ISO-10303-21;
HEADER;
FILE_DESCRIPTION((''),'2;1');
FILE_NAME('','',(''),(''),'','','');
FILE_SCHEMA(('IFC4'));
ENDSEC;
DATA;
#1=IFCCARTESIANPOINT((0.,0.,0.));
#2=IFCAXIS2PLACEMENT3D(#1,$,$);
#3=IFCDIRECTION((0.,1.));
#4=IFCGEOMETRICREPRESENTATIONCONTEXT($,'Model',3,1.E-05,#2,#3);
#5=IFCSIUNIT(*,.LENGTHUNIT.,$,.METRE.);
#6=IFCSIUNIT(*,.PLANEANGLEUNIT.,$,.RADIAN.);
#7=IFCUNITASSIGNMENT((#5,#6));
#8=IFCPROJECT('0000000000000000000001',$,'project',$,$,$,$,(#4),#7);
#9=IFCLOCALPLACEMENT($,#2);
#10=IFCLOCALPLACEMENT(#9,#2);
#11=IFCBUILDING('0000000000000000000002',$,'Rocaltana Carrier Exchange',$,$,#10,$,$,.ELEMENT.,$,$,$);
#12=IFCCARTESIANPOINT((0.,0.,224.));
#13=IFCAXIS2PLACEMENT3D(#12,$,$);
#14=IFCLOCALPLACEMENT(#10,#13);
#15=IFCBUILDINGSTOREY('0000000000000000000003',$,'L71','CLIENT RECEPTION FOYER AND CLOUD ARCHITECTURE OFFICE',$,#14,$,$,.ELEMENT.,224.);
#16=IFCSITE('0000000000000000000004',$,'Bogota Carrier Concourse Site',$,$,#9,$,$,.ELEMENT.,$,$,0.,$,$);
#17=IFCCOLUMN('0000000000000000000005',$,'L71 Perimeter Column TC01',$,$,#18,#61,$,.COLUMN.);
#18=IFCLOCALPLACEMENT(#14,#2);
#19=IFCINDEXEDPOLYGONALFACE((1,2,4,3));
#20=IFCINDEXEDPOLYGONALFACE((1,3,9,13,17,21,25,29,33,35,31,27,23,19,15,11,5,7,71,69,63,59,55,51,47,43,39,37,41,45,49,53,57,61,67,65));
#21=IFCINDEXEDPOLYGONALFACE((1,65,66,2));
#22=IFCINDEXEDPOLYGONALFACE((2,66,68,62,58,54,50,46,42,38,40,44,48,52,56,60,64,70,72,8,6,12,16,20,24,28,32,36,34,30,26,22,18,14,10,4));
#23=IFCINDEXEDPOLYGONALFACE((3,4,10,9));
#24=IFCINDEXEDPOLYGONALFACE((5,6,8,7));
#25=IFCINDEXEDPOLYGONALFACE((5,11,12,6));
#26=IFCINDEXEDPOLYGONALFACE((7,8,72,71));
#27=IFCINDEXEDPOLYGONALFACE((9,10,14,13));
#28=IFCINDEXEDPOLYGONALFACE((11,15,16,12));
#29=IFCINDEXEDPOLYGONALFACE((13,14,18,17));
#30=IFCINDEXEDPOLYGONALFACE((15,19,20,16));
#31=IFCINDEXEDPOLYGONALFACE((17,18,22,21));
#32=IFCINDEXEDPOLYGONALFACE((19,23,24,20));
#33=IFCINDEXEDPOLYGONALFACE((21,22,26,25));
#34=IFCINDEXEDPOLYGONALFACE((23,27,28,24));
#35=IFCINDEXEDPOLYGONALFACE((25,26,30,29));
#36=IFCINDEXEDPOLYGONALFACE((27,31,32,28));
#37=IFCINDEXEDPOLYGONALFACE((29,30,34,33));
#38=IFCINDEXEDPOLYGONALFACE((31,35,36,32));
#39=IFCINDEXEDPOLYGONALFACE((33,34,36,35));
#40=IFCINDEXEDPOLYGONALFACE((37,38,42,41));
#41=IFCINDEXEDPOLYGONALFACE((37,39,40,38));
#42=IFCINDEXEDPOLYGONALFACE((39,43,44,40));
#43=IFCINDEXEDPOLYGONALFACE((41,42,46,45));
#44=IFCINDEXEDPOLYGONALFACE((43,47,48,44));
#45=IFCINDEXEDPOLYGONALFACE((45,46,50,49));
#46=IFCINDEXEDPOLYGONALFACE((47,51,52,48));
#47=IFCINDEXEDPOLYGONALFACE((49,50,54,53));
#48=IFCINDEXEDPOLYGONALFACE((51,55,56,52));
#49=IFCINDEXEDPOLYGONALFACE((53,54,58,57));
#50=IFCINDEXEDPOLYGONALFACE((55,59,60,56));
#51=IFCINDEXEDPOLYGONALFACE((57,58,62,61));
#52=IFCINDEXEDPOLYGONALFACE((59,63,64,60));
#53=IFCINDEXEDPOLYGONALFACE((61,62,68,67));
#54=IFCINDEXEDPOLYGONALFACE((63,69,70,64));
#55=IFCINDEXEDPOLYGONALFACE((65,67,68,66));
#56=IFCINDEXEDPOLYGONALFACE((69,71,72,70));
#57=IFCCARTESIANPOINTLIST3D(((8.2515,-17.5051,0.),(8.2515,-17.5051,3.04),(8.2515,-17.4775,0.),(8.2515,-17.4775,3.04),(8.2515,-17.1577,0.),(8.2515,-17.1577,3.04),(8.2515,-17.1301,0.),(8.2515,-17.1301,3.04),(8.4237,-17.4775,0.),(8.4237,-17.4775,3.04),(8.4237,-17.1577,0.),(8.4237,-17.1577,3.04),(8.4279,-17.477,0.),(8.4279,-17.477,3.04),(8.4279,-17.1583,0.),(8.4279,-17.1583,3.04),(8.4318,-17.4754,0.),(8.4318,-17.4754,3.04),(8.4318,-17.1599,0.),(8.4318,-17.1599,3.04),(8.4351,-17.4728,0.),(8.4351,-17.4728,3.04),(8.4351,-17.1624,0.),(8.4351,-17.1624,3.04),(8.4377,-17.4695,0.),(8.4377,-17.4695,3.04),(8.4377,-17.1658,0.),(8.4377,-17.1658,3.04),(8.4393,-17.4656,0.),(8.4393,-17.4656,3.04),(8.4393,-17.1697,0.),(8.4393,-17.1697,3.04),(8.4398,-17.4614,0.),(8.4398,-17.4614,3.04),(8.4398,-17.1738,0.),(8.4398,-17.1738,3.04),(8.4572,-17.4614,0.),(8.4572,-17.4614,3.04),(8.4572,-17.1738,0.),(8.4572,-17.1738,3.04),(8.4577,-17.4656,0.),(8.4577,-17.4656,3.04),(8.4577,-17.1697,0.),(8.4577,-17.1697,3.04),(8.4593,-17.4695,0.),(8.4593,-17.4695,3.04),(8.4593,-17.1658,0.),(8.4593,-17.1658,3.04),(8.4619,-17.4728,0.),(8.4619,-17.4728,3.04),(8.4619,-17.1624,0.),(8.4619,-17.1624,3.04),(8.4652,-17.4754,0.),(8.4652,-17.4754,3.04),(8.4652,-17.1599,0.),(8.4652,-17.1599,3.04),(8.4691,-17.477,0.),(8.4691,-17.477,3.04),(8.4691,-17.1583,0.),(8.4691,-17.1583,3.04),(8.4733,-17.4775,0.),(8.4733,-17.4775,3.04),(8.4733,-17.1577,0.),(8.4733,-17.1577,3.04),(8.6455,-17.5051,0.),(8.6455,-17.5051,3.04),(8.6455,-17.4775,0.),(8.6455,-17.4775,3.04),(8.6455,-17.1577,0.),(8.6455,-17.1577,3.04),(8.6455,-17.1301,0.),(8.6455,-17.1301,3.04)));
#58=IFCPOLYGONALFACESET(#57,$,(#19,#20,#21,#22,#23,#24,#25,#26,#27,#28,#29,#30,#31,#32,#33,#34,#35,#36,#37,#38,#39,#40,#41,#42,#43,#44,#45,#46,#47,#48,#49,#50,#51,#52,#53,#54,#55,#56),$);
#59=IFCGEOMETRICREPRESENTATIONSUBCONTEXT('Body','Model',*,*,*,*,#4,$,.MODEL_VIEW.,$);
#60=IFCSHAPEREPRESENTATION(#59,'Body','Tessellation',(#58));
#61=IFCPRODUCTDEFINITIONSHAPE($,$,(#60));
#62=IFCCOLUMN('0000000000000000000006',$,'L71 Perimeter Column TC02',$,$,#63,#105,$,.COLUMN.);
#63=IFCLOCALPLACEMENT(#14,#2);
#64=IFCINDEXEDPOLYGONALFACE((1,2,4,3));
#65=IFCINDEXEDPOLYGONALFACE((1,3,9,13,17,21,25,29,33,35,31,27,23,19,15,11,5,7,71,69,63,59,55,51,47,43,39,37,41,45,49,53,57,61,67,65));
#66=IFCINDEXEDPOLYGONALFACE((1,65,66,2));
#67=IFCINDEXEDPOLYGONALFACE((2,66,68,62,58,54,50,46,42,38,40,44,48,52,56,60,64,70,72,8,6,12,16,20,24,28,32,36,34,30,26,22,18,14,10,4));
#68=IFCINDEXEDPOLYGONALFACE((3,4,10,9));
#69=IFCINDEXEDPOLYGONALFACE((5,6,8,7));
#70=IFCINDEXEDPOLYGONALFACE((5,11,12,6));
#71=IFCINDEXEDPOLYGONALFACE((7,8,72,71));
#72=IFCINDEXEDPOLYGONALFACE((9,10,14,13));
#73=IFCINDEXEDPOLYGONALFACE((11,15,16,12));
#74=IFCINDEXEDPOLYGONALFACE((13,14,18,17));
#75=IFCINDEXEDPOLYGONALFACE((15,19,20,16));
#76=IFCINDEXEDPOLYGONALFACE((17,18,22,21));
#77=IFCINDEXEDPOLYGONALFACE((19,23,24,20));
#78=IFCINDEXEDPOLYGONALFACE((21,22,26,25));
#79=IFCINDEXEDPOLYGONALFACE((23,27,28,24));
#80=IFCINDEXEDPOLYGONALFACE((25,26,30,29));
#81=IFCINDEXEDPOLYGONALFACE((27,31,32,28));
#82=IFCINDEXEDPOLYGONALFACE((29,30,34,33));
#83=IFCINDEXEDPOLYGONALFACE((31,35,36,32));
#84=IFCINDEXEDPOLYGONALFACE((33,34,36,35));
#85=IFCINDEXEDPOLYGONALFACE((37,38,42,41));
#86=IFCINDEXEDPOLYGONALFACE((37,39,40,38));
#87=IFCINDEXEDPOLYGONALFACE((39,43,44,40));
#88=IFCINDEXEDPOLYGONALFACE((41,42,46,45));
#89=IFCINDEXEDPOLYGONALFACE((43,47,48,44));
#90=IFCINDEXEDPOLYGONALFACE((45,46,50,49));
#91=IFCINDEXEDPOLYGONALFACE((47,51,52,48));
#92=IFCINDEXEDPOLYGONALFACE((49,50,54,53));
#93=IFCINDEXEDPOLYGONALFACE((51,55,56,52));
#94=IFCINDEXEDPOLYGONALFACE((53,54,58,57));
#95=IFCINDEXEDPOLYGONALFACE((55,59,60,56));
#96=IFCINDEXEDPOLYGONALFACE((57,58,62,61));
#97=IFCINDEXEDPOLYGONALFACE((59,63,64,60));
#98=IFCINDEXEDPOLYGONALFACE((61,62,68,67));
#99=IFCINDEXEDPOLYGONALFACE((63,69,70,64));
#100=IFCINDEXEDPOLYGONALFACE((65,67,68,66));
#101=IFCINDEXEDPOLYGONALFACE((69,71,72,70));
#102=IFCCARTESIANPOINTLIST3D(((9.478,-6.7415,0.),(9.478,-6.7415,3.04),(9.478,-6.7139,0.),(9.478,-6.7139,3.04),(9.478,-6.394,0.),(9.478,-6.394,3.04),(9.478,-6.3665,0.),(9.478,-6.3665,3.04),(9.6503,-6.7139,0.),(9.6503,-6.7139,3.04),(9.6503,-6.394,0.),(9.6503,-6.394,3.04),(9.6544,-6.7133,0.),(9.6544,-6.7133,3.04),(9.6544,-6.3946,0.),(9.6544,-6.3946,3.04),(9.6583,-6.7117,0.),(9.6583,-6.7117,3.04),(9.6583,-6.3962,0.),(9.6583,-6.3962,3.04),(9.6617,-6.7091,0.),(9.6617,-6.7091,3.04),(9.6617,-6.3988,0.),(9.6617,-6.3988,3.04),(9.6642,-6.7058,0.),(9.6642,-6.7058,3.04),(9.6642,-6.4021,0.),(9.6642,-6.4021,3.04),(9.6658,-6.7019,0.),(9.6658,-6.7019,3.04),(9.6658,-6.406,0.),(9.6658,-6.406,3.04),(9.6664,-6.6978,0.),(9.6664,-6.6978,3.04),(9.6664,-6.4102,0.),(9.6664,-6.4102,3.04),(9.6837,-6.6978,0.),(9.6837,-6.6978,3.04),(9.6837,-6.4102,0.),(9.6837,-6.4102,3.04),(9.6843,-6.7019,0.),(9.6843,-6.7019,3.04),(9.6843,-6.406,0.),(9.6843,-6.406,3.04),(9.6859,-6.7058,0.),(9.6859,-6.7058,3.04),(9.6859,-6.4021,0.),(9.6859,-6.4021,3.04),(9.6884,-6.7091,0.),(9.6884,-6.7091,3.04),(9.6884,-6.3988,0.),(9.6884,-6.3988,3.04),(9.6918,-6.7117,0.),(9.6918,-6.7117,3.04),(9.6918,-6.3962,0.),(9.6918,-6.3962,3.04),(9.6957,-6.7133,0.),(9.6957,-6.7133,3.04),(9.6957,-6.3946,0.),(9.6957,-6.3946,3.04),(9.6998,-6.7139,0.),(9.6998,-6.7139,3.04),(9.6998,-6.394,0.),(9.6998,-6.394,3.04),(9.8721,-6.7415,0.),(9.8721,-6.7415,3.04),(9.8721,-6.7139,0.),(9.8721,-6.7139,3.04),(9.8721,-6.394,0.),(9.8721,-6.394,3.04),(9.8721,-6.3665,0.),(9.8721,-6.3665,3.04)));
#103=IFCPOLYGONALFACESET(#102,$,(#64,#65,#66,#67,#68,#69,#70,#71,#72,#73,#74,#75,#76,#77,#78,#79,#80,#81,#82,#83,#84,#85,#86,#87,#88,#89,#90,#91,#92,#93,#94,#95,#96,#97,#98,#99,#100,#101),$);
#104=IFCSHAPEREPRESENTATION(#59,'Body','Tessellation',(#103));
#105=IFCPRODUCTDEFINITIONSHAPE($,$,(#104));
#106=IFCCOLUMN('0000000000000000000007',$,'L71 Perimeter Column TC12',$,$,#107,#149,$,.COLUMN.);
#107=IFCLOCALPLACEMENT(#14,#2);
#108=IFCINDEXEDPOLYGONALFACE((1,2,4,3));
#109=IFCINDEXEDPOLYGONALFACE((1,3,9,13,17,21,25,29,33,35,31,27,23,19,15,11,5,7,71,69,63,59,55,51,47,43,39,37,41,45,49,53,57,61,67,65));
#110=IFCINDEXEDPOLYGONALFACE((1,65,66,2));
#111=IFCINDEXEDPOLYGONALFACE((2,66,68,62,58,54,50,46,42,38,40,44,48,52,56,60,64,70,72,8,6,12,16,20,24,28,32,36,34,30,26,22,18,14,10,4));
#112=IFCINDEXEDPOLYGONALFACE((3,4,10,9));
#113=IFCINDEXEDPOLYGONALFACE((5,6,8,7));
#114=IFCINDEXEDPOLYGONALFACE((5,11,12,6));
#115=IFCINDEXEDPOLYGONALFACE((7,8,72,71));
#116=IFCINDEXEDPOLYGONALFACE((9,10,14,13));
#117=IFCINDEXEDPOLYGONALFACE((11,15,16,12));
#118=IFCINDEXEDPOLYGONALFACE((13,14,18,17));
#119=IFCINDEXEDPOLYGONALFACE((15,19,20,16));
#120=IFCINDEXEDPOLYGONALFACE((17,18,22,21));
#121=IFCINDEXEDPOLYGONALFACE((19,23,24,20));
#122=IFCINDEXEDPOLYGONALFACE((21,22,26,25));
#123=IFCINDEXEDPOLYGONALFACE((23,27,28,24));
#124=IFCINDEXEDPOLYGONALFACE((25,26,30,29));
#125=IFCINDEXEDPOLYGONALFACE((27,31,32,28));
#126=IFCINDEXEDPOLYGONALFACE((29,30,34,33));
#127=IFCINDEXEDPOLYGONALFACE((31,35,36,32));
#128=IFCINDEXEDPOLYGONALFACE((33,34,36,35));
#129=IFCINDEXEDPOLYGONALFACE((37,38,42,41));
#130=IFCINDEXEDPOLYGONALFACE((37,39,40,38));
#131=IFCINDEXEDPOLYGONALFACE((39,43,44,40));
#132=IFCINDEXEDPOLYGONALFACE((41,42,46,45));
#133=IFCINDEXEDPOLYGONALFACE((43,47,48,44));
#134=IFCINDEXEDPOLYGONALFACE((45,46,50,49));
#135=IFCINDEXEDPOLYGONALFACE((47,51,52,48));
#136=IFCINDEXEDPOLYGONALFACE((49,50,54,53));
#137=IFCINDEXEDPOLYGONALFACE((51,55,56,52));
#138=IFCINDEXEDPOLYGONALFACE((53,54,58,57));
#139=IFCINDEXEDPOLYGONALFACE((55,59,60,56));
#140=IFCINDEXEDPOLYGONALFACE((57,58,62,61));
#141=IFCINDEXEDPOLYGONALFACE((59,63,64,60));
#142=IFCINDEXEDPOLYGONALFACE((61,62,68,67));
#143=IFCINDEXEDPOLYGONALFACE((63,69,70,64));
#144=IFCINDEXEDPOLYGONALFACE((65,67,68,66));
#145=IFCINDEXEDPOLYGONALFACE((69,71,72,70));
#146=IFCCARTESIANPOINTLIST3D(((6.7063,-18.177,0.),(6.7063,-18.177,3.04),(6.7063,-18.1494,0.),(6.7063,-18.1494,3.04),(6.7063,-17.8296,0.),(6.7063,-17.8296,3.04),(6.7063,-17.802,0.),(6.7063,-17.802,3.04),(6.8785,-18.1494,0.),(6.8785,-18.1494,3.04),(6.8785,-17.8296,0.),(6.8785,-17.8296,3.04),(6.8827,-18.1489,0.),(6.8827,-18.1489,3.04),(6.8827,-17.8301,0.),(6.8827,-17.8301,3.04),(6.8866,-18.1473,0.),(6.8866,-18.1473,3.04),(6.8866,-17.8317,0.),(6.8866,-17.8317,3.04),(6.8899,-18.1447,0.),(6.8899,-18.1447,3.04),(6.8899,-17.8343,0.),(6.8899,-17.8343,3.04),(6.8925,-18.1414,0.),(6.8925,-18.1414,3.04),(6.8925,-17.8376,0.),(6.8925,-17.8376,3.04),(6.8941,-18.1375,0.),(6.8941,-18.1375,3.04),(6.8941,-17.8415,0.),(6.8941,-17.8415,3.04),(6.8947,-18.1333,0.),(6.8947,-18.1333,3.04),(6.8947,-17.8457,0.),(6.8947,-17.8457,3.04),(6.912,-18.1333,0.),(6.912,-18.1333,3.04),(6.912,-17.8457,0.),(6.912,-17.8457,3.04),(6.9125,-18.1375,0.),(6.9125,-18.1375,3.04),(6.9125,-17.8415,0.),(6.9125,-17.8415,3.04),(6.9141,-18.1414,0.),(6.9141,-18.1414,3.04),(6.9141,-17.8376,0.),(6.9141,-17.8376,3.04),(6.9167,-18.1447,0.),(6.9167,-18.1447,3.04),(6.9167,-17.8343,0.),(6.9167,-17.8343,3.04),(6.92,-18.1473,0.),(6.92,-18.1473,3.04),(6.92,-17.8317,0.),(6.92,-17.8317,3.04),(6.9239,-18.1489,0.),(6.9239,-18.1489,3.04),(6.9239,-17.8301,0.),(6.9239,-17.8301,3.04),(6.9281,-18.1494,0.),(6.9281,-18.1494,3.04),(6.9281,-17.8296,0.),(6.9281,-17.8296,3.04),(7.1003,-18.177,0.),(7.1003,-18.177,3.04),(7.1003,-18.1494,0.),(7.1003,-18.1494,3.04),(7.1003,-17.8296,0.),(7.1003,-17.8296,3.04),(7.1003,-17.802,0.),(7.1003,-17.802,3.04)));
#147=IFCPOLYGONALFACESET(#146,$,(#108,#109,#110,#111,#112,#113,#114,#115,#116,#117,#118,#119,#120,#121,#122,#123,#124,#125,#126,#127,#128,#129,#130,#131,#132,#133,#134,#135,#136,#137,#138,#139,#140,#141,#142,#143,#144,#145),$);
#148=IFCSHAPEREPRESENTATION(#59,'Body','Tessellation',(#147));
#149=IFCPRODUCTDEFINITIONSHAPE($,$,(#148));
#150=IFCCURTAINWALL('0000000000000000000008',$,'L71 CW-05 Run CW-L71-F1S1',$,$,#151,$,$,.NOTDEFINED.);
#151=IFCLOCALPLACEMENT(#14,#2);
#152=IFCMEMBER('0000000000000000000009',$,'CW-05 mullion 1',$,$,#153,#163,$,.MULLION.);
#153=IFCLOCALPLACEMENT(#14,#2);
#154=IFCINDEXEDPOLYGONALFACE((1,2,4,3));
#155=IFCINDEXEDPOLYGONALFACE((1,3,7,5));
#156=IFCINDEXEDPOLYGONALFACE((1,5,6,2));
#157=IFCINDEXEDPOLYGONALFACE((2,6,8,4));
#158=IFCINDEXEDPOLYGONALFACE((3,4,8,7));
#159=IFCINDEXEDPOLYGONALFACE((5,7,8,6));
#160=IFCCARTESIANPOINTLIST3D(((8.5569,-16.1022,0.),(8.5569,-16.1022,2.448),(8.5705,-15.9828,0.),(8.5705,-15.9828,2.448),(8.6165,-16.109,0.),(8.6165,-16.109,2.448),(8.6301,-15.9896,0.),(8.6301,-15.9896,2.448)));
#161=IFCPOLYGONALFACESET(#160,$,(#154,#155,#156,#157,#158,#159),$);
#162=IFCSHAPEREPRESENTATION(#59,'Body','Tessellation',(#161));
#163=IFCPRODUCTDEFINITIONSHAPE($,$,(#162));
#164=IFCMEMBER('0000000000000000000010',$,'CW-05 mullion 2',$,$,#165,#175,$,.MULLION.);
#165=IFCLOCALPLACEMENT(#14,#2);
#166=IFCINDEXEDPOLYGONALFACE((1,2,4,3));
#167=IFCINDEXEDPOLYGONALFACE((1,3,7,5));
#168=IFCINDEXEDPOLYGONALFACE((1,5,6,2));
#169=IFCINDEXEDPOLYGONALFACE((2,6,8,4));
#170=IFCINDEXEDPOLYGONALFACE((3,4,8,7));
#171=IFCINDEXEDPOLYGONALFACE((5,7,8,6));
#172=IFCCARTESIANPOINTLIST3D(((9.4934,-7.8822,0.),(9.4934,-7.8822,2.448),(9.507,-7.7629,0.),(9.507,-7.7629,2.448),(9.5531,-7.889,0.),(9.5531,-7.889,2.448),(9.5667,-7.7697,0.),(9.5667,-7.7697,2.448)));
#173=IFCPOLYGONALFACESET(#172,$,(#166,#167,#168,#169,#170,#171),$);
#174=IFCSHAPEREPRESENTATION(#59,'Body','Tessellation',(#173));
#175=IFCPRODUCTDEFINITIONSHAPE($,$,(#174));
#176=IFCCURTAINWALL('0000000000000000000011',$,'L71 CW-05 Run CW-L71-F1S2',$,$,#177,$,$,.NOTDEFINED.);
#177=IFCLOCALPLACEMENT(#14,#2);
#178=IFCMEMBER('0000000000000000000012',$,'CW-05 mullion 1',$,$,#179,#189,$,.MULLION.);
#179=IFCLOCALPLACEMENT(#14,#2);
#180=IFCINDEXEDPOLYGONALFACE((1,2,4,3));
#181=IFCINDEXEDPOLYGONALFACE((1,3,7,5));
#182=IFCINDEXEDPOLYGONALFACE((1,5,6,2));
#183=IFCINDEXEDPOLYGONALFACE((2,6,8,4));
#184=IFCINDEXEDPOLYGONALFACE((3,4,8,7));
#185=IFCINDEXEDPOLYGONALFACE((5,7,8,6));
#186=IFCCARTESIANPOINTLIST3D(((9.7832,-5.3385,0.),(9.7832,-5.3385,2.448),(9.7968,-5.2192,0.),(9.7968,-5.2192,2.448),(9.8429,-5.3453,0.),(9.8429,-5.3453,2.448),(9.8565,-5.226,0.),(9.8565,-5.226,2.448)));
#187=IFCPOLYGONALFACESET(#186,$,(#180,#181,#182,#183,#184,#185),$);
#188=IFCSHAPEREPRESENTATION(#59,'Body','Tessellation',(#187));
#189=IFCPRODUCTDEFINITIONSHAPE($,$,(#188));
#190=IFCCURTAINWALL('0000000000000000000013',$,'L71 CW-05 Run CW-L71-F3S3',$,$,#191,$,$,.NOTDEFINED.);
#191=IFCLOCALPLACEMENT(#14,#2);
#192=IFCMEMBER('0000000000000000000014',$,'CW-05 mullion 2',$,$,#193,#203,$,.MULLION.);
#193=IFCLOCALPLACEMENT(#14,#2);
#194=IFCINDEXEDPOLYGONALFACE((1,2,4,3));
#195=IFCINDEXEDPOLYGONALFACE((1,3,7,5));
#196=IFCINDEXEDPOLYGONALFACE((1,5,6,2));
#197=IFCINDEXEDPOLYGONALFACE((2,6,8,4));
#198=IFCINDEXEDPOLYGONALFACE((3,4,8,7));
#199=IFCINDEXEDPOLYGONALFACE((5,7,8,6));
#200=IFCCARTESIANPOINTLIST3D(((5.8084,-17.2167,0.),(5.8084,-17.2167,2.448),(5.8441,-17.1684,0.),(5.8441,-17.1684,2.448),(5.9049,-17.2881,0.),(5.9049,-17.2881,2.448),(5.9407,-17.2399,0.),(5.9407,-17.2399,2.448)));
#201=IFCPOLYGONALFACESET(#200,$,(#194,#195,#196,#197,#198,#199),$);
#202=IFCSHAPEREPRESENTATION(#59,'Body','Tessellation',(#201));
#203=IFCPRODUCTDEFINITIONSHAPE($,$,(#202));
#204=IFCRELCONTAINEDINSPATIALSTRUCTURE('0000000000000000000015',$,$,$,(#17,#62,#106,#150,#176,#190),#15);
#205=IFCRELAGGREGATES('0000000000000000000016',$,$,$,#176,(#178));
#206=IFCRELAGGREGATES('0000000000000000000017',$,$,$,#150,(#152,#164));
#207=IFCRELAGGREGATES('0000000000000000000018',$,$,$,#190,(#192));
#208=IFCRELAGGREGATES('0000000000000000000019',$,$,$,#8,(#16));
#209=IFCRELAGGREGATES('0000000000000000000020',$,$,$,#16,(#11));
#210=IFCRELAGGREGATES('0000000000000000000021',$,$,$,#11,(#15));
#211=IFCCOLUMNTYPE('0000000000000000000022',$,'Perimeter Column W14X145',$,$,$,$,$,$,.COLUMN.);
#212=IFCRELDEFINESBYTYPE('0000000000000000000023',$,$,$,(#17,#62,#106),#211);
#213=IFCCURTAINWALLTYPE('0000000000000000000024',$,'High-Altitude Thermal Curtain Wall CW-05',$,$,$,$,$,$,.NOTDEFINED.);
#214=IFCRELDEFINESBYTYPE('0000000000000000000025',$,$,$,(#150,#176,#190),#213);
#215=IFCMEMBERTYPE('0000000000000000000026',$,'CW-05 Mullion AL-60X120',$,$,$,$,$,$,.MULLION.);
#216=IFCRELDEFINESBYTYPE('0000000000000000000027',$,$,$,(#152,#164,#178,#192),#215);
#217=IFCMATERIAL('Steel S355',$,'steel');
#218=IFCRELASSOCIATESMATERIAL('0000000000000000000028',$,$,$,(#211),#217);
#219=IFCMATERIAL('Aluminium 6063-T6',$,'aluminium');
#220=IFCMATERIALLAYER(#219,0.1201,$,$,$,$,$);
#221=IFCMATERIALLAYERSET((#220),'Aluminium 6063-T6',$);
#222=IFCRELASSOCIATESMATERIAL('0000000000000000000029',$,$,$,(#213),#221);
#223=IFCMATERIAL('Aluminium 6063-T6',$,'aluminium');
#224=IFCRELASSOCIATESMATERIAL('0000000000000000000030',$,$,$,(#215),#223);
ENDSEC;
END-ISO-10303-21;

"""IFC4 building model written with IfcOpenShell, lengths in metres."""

from ifc_helpers import new_model, si_unit, direction, frame, origin, origin_2d, place, context, subcontext, project, spatial, rectangle, i_section, extrude, material, layer, layer_set, material_profile, profile_set, type_object, element, aggregate, save


model = new_model("IFC4")

# Units and contexts
model_context = context("Model", 3, precision=1e-05, world=origin(), true_north=direction((0.0, 1.0)))
body_context = subcontext(model_context, "Body", "Model", "MODEL_VIEW")
ifc_project = project(units=[si_unit("LENGTHUNIT", "METRE"), si_unit("PLANEANGLEUNIT", "RADIAN")], contexts=[model_context])

# Site, building, storey
site_placement = place(None, origin())
site = spatial("IfcSite", under=ifc_project, at=site_placement, Name="Bogota Carrier Concourse Site", CompositionType="ELEMENT", RefElevation=0.0)
building_placement = place(site_placement, origin())
building = spatial("IfcBuilding", under=site, at=building_placement, Name="Rocaltana Carrier Exchange", CompositionType="ELEMENT")
storey_placement = place(building_placement, frame((0.0, 0.0, 224.0)))
storey = spatial("IfcBuildingStorey", under=building, at=storey_placement, Name="L71", Description="CLIENT RECEPTION FOYER AND CLOUD ARCHITECTURE OFFICE", CompositionType="ELEMENT", Elevation=224.0)

# Columns
ifc_material_1 = material(Name="Steel S355", Category="steel")
ifc_material_profile_1 = material_profile(ifc_material_1, i_section(OverallWidth=0.394, OverallDepth=0.375, WebThickness=0.0173, FlangeThickness=0.0276, FilletRadius=0.0161, at=origin_2d()), Name="W14X145")
ifc_profile_set_1 = profile_set([ifc_material_profile_1], Name="Steel S355")
column_type = type_object("IfcColumnType", Name="Perimeter Column W14X145", PredefinedType="COLUMN", material=ifc_profile_set_1)
for number, where, z_axis, x_axis, name in (
    (1, (8.4485, -17.3176, 0.0), (0.0, 0.0, 1.0), (1.0, 0.0, 0.0), "L71 Perimeter Column TC01"),
    (2, (9.675, -6.554, 0.0), (0.0, 0.0, 1.0), (1.0, 0.0, 0.0), "L71 Perimeter Column TC02"),
    (3, (6.9033, -17.9895, 0.0), (0.0, 0.0, 1.0), (1.0, 0.0, 0.0), "L71 Perimeter Column TC12"),
):
    element("IfcColumn", number, at=place(storey_placement, frame(where, z_axis=z_axis, x_axis=x_axis)), inside=storey, type_object=column_type, Name=name, PredefinedType="COLUMN", context=body_context, shape_type="SweptSolid", body=[
        extrude(i_section(OverallWidth=0.394, OverallDepth=0.375, WebThickness=0.0173, FlangeThickness=0.0276, FilletRadius=0.0161, at=origin_2d()), origin(), (0.0, 0.0, 1.0), 3.04),
    ])

# Curtain wall, members
ifc_material_2 = material(Name="Aluminium 6063-T6", Category="aluminium")
ifc_layer_1 = layer(ifc_material_2, 0.1201)
ifc_layer_set_1 = layer_set([ifc_layer_1], Name="Aluminium 6063-T6")
curtain_wall_type = type_object("IfcCurtainWallType", Name="High-Altitude Thermal Curtain Wall CW-05", PredefinedType="NOTDEFINED", material=ifc_layer_set_1)
curtain_wall_1_placement = place(storey_placement, origin())
curtain_wall_1 = element("IfcCurtainWall", 4, at=curtain_wall_1_placement, inside=storey, type_object=curtain_wall_type, Name="L71 CW-05 Run CW-L71-F1S1", PredefinedType="NOTDEFINED")
ifc_material_3 = material(Name="Aluminium 6063-T6", Category="aluminium")
ifc_material_profile_2 = material_profile(ifc_material_3, rectangle(XDim=0.0601, YDim=0.1201, at=origin_2d()), Name="AL-60X120")
ifc_profile_set_2 = profile_set([ifc_material_profile_2], Name="Aluminium 6063-T6")
member_type_1 = type_object("IfcMemberType", Name="CW-05 Mullion AL-60X120", PredefinedType="MULLION", material=ifc_profile_set_2)
member_1_placement = place(storey_placement, frame((8.5935, -16.0459, 0.0), z_axis=(0.0, 0.0, 1.0), x_axis=(-0.993571, 0.113209, 0.0)))
member_1 = element("IfcMember", 5, at=member_1_placement, type_object=member_type_1, Name="CW-05 mullion 1", PredefinedType="MULLION", context=body_context, shape_type="SweptSolid", body=[
    extrude(rectangle(XDim=0.0601, YDim=0.1201, at=origin_2d()), origin(), (0.0, 0.0, 1.0), 2.448),
])
member_2_placement = place(storey_placement, frame((9.53, -7.8259, 0.0), z_axis=(0.0, 0.0, 1.0), x_axis=(-0.993571, 0.113209, 0.0)))
member_2 = element("IfcMember", 6, at=member_2_placement, type_object=member_type_1, Name="CW-05 mullion 2", PredefinedType="MULLION", context=body_context, shape_type="SweptSolid", body=[
    extrude(rectangle(XDim=0.0601, YDim=0.1201, at=origin_2d()), origin(), (0.0, 0.0, 1.0), 2.448),
])

# Curtain walls, members
curtain_wall_2_placement = place(storey_placement, origin())
curtain_wall_2 = element("IfcCurtainWall", 7, at=curtain_wall_2_placement, inside=storey, type_object=curtain_wall_type, Name="L71 CW-05 Run CW-L71-F1S2", PredefinedType="NOTDEFINED")
member_3_placement = place(storey_placement, frame((9.8198, -5.2822, 0.0), z_axis=(0.0, 0.0, 1.0), x_axis=(-0.993571, 0.113209, 0.0)))
member_3 = element("IfcMember", 8, at=member_3_placement, type_object=member_type_1, Name="CW-05 mullion 1", PredefinedType="MULLION", context=body_context, shape_type="SweptSolid", body=[
    extrude(rectangle(XDim=0.0601, YDim=0.1201, at=origin_2d()), origin(), (0.0, 0.0, 1.0), 2.448),
])
aggregate(curtain_wall_2, [member_3])
curtain_wall_3_placement = place(storey_placement, origin())
curtain_wall_3 = element("IfcCurtainWall", 9, at=curtain_wall_3_placement, inside=storey, type_object=curtain_wall_type, Name="L71 CW-05 Run CW-L71-F3S3", PredefinedType="NOTDEFINED")
member_4_placement = place(storey_placement, frame((5.8745, -17.2283, 0.0), z_axis=(0.0, 0.0, 1.0), x_axis=(0.594827, 0.803854, 0.0)))
member_4 = element("IfcMember", 10, at=member_4_placement, type_object=member_type_1, Name="CW-05 mullion 2", PredefinedType="MULLION", context=body_context, shape_type="SweptSolid", body=[
    extrude(rectangle(XDim=0.0601, YDim=0.1201, at=origin_2d()), origin(), (0.0, 0.0, 1.0), 2.448),
])

aggregate(curtain_wall_1, [member_1, member_2])
aggregate(curtain_wall_3, [member_4])

save(model, "model.ifc")
